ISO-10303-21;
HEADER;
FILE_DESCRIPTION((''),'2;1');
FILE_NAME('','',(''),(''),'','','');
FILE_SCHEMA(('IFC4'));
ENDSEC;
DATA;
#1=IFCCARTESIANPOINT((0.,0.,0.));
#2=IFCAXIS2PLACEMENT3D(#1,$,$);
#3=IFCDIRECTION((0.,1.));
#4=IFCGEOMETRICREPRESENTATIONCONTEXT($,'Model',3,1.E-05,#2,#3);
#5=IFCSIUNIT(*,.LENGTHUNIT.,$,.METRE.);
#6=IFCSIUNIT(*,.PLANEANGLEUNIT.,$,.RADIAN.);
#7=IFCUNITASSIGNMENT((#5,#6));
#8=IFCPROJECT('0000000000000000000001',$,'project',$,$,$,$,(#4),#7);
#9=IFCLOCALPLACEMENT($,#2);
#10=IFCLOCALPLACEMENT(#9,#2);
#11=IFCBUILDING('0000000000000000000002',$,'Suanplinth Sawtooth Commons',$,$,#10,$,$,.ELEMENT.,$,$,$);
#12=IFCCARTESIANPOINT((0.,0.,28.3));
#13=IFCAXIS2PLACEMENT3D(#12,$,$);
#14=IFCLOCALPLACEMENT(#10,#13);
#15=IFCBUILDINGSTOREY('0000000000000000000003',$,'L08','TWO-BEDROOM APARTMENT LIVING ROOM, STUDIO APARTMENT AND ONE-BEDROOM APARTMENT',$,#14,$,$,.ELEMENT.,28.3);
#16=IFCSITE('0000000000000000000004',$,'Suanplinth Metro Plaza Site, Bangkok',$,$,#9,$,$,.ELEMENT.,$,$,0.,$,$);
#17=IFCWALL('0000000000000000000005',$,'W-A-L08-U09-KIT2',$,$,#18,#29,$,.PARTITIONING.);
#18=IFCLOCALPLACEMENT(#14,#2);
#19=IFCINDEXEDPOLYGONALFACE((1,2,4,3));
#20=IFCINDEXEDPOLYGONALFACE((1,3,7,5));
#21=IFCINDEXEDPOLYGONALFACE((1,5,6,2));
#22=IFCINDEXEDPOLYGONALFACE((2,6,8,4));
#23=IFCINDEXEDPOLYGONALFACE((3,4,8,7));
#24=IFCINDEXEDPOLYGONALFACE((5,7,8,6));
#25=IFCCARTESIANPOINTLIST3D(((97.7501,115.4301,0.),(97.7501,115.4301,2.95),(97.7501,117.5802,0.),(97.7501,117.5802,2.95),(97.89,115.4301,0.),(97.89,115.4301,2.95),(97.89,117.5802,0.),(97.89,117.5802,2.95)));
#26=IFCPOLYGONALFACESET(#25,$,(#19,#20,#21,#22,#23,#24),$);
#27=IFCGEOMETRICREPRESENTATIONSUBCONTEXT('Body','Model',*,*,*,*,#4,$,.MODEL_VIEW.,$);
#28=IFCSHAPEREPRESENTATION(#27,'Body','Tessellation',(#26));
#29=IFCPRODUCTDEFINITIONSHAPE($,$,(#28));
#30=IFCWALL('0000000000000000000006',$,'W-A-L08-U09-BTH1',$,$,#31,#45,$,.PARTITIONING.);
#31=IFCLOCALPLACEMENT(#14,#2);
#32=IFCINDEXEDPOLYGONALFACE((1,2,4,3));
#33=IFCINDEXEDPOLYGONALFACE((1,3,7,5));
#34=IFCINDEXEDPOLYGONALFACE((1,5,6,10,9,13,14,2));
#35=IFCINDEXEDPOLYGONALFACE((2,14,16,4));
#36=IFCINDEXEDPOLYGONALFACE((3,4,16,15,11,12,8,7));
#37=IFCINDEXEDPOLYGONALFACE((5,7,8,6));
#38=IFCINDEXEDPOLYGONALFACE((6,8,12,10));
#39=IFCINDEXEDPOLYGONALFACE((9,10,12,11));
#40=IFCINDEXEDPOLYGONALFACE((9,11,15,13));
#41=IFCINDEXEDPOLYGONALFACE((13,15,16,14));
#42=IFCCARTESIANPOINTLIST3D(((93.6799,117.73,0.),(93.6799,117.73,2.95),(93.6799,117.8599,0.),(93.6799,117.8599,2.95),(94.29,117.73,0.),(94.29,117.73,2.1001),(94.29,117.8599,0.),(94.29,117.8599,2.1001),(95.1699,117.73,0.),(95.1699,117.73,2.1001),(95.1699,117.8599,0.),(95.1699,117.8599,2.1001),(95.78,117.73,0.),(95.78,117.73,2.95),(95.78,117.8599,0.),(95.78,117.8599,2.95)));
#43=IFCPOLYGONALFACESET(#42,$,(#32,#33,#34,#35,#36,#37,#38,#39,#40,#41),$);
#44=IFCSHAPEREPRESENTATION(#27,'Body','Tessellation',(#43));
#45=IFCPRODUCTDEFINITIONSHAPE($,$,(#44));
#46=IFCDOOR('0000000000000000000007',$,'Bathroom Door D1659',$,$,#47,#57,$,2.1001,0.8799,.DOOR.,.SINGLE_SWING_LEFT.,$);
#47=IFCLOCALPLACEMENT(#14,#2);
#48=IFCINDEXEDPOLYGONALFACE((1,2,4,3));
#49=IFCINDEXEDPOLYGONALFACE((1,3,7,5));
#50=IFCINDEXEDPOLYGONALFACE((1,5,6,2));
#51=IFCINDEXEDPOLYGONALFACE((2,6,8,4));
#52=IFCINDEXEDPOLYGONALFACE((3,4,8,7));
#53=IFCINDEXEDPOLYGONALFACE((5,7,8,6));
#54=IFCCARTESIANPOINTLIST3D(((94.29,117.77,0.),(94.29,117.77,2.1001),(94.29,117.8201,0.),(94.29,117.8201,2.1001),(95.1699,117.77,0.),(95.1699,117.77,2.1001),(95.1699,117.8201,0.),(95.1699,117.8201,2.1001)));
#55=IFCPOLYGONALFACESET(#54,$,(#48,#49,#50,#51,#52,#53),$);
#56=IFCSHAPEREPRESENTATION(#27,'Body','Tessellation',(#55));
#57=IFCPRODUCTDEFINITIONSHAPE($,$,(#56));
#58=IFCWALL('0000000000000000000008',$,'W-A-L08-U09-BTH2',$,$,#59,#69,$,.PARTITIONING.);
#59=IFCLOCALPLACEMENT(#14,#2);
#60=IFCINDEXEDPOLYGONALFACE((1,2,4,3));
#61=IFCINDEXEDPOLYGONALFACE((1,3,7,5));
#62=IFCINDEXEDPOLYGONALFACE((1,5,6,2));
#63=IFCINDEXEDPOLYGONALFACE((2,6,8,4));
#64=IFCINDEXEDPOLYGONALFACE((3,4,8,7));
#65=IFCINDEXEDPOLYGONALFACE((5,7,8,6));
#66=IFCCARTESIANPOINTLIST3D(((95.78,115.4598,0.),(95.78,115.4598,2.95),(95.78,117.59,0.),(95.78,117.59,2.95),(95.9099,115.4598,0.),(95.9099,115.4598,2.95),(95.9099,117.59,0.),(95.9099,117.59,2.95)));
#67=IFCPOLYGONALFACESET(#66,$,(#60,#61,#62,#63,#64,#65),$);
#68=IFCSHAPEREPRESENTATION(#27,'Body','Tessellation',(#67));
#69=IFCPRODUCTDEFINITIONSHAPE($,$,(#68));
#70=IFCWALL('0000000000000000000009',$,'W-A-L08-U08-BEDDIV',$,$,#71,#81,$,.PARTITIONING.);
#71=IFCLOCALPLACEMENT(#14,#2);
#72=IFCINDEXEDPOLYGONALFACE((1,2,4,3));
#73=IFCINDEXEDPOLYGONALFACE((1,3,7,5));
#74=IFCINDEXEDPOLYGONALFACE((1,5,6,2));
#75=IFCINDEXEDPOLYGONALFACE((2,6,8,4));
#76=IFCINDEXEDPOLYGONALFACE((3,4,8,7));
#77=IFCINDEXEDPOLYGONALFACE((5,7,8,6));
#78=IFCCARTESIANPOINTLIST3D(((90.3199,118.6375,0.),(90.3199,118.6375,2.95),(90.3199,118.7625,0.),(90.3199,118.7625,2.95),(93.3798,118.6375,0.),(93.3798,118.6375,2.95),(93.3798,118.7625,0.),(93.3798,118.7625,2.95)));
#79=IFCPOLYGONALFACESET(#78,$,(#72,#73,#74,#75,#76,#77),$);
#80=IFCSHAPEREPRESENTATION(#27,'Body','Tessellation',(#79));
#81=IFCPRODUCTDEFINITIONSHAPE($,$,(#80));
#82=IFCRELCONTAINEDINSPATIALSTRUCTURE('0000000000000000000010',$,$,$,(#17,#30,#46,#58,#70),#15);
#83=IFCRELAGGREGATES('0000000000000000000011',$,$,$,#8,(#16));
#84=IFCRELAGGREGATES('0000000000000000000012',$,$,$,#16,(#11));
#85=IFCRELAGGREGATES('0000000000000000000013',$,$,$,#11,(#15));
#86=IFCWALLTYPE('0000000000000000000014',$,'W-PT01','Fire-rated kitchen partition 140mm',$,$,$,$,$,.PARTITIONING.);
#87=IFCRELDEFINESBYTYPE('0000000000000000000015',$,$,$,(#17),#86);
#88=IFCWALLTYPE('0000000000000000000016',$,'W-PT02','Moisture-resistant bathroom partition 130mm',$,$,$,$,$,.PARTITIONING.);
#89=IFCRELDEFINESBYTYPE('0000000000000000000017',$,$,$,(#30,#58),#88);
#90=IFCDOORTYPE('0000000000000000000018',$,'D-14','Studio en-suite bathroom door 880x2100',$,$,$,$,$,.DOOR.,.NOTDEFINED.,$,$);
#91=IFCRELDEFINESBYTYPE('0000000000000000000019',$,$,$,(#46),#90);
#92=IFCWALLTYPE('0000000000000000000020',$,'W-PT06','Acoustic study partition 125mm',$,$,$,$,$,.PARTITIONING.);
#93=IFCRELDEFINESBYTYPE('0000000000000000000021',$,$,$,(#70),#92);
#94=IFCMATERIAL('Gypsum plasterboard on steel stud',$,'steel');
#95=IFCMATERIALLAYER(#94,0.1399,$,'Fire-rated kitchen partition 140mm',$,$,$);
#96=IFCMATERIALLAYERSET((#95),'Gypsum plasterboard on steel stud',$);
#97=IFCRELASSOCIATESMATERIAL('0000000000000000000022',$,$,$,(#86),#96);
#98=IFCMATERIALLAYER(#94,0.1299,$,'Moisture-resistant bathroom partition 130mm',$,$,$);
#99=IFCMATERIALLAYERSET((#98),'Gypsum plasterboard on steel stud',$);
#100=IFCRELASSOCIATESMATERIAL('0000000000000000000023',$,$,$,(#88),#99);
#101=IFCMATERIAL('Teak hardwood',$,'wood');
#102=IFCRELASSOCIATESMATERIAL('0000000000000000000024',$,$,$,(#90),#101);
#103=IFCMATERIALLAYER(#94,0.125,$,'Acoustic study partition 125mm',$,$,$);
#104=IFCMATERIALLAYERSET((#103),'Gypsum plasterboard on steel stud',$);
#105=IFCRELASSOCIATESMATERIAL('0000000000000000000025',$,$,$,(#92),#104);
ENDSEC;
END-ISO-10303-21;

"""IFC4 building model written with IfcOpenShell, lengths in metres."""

from ifc_helpers import new_model, si_unit, direction, frame, frame_2d, origin, place, context, subcontext, project, spatial, rectangle, extrude, material, layer, layer_set, type_object, element, fill, save


model = new_model("IFC4")

# Units and contexts
model_context = context("Model", 3, precision=1e-05, world=origin(), true_north=direction((0.0, 1.0)))
body_context = subcontext(model_context, "Body", "Model", "MODEL_VIEW")
ifc_project = project(units=[si_unit("LENGTHUNIT", "METRE"), si_unit("PLANEANGLEUNIT", "RADIAN")], contexts=[model_context])

# Site, building, storey
site_placement = place(None, origin())
site = spatial("IfcSite", under=ifc_project, at=site_placement, Name="Suanplinth Metro Plaza Site, Bangkok", CompositionType="ELEMENT", RefElevation=0.0)
building_placement = place(site_placement, origin())
building = spatial("IfcBuilding", under=site, at=building_placement, Name="Suanplinth Sawtooth Commons", CompositionType="ELEMENT")
storey_placement = place(building_placement, frame((0.0, 0.0, 28.3)))
storey = spatial("IfcBuildingStorey", under=building, at=storey_placement, Name="L08", Description="TWO-BEDROOM APARTMENT LIVING ROOM, STUDIO APARTMENT AND ONE-BEDROOM APARTMENT", CompositionType="ELEMENT", Elevation=28.3)

# Shared definitions
ifc_material_1 = material(Name="Gypsum plasterboard on steel stud", Category="steel")
ifc_layer_1 = layer(ifc_material_1, 0.1399, Name="Fire-rated kitchen partition 140mm")
ifc_layer_set_1 = layer_set([ifc_layer_1], Name="Gypsum plasterboard on steel stud")
wall_type_1 = type_object("IfcWallType", Name="W-PT01", Description="Fire-rated kitchen partition 140mm", PredefinedType="PARTITIONING", material=ifc_layer_set_1)
ifc_material_2 = material(Name="Teak hardwood", Category="wood")

# Wall
wall_1_placement = place(storey_placement, frame((97.8201, 115.4299, 0.0), z_axis=(0.0, 0.0, 1.0), x_axis=(0.0, 1.0, 0.0)))
element("IfcWall", 1, at=wall_1_placement, inside=storey, type_object=wall_type_1, Name="W-A-L08-U09-KIT2", PredefinedType="PARTITIONING", context=body_context, shape_type="SweptSolid", body=[
    extrude(rectangle(XDim=2.1501, YDim=0.1399, at=frame_2d((1.0752, 0.0))), origin(), (0.0, 0.0, 1.0), 2.95),
])

# Wall, opening, door
ifc_layer_2 = layer(ifc_material_1, 0.1299, Name="Moisture-resistant bathroom partition 130mm")
ifc_layer_set_2 = layer_set([ifc_layer_2], Name="Gypsum plasterboard on steel stud")
wall_type_2 = type_object("IfcWallType", Name="W-PT02", Description="Moisture-resistant bathroom partition 130mm", PredefinedType="PARTITIONING", material=ifc_layer_set_2)
wall_2_placement = place(storey_placement, frame((93.6799, 117.7949, 0.0), z_axis=(0.0, 0.0, 1.0), x_axis=(1.0, 0.0, 0.0)))
wall_2 = element("IfcWall", 2, at=wall_2_placement, inside=storey, type_object=wall_type_2, Name="W-A-L08-U09-BTH1", PredefinedType="PARTITIONING", context=body_context, shape_type="SweptSolid", body=[
    extrude(rectangle(XDim=2.1001, YDim=0.1299, at=frame_2d((1.05, 0.0))), origin(), (0.0, 0.0, 1.0), 2.95),
])
opening_1_placement = place(wall_2_placement, frame((0.6101, 0.0, 0.0)))
opening_1 = element("IfcOpeningElement", 3, at=opening_1_placement, cuts=wall_2, PredefinedType="OPENING", context=body_context, shape_type="SweptSolid", body=[
    extrude(rectangle(XDim=0.8799, YDim=2.1001, at=frame_2d((0.4399, 1.05))), frame((0.0, 0.0798, 0.0), z_axis=(0.0, -1.0, 0.0), x_axis=(1.0, 0.0, 0.0)), (0.0, 0.0, 1.0), 0.1597),
])
door_type_1 = type_object("IfcDoorType", Name="D-14", Description="Studio en-suite bathroom door 880x2100", OperationType="NOTDEFINED", PredefinedType="DOOR", material=ifc_material_2)
door_1_placement = place(opening_1_placement, frame((0.8799, 0.0, 0.0), z_axis=(0.0, 0.0, 1.0), x_axis=(-1.0, 0.0, 0.0)))
door_1 = element("IfcDoor", 4, at=door_1_placement, inside=storey, type_object=door_type_1, Name="Bathroom Door D1659", OperationType="SINGLE_SWING_LEFT", OverallHeight=2.1001, OverallWidth=0.8799, PredefinedType="DOOR", context=body_context, shape_type="SweptSolid", body=[
    extrude(rectangle(XDim=0.8799, YDim=2.1001, at=frame_2d((0.4399, 1.05))), frame((0.0, 0.0249, 0.0), z_axis=(0.0, -1.0, 0.0), x_axis=(1.0, 0.0, 0.0)), (0.0, 0.0, 1.0), 0.05),
])
fill(opening_1, door_1)

# Wall
wall_3_placement = place(storey_placement, frame((95.845, 115.46, 0.0), z_axis=(0.0, 0.0, 1.0), x_axis=(0.0, 1.0, 0.0)))
element("IfcWall", 5, at=wall_3_placement, inside=storey, type_object=wall_type_2, Name="W-A-L08-U09-BTH2", PredefinedType="PARTITIONING", context=body_context, shape_type="SweptSolid", body=[
    extrude(rectangle(XDim=2.1301, YDim=0.1299, at=frame_2d((1.0649, 0.0))), origin(), (0.0, 0.0, 1.0), 2.95),
])

# Wall
ifc_layer_3 = layer(ifc_material_1, 0.125, Name="Acoustic study partition 125mm")
ifc_layer_set_3 = layer_set([ifc_layer_3], Name="Gypsum plasterboard on steel stud")
wall_type_3 = type_object("IfcWallType", Name="W-PT06", Description="Acoustic study partition 125mm", PredefinedType="PARTITIONING", material=ifc_layer_set_3)
wall_4_placement = place(storey_placement, frame((90.3201, 118.7, 0.0), z_axis=(0.0, 0.0, 1.0), x_axis=(1.0, 0.0, 0.0)))
element("IfcWall", 6, at=wall_4_placement, inside=storey, type_object=wall_type_3, Name="W-A-L08-U08-BEDDIV", PredefinedType="PARTITIONING", context=body_context, shape_type="SweptSolid", body=[
    extrude(rectangle(XDim=3.0598, YDim=0.125, at=frame_2d((1.5298, 0.0))), origin(), (0.0, 0.0, 1.0), 2.95),
])

save(model, "model.ifc")
